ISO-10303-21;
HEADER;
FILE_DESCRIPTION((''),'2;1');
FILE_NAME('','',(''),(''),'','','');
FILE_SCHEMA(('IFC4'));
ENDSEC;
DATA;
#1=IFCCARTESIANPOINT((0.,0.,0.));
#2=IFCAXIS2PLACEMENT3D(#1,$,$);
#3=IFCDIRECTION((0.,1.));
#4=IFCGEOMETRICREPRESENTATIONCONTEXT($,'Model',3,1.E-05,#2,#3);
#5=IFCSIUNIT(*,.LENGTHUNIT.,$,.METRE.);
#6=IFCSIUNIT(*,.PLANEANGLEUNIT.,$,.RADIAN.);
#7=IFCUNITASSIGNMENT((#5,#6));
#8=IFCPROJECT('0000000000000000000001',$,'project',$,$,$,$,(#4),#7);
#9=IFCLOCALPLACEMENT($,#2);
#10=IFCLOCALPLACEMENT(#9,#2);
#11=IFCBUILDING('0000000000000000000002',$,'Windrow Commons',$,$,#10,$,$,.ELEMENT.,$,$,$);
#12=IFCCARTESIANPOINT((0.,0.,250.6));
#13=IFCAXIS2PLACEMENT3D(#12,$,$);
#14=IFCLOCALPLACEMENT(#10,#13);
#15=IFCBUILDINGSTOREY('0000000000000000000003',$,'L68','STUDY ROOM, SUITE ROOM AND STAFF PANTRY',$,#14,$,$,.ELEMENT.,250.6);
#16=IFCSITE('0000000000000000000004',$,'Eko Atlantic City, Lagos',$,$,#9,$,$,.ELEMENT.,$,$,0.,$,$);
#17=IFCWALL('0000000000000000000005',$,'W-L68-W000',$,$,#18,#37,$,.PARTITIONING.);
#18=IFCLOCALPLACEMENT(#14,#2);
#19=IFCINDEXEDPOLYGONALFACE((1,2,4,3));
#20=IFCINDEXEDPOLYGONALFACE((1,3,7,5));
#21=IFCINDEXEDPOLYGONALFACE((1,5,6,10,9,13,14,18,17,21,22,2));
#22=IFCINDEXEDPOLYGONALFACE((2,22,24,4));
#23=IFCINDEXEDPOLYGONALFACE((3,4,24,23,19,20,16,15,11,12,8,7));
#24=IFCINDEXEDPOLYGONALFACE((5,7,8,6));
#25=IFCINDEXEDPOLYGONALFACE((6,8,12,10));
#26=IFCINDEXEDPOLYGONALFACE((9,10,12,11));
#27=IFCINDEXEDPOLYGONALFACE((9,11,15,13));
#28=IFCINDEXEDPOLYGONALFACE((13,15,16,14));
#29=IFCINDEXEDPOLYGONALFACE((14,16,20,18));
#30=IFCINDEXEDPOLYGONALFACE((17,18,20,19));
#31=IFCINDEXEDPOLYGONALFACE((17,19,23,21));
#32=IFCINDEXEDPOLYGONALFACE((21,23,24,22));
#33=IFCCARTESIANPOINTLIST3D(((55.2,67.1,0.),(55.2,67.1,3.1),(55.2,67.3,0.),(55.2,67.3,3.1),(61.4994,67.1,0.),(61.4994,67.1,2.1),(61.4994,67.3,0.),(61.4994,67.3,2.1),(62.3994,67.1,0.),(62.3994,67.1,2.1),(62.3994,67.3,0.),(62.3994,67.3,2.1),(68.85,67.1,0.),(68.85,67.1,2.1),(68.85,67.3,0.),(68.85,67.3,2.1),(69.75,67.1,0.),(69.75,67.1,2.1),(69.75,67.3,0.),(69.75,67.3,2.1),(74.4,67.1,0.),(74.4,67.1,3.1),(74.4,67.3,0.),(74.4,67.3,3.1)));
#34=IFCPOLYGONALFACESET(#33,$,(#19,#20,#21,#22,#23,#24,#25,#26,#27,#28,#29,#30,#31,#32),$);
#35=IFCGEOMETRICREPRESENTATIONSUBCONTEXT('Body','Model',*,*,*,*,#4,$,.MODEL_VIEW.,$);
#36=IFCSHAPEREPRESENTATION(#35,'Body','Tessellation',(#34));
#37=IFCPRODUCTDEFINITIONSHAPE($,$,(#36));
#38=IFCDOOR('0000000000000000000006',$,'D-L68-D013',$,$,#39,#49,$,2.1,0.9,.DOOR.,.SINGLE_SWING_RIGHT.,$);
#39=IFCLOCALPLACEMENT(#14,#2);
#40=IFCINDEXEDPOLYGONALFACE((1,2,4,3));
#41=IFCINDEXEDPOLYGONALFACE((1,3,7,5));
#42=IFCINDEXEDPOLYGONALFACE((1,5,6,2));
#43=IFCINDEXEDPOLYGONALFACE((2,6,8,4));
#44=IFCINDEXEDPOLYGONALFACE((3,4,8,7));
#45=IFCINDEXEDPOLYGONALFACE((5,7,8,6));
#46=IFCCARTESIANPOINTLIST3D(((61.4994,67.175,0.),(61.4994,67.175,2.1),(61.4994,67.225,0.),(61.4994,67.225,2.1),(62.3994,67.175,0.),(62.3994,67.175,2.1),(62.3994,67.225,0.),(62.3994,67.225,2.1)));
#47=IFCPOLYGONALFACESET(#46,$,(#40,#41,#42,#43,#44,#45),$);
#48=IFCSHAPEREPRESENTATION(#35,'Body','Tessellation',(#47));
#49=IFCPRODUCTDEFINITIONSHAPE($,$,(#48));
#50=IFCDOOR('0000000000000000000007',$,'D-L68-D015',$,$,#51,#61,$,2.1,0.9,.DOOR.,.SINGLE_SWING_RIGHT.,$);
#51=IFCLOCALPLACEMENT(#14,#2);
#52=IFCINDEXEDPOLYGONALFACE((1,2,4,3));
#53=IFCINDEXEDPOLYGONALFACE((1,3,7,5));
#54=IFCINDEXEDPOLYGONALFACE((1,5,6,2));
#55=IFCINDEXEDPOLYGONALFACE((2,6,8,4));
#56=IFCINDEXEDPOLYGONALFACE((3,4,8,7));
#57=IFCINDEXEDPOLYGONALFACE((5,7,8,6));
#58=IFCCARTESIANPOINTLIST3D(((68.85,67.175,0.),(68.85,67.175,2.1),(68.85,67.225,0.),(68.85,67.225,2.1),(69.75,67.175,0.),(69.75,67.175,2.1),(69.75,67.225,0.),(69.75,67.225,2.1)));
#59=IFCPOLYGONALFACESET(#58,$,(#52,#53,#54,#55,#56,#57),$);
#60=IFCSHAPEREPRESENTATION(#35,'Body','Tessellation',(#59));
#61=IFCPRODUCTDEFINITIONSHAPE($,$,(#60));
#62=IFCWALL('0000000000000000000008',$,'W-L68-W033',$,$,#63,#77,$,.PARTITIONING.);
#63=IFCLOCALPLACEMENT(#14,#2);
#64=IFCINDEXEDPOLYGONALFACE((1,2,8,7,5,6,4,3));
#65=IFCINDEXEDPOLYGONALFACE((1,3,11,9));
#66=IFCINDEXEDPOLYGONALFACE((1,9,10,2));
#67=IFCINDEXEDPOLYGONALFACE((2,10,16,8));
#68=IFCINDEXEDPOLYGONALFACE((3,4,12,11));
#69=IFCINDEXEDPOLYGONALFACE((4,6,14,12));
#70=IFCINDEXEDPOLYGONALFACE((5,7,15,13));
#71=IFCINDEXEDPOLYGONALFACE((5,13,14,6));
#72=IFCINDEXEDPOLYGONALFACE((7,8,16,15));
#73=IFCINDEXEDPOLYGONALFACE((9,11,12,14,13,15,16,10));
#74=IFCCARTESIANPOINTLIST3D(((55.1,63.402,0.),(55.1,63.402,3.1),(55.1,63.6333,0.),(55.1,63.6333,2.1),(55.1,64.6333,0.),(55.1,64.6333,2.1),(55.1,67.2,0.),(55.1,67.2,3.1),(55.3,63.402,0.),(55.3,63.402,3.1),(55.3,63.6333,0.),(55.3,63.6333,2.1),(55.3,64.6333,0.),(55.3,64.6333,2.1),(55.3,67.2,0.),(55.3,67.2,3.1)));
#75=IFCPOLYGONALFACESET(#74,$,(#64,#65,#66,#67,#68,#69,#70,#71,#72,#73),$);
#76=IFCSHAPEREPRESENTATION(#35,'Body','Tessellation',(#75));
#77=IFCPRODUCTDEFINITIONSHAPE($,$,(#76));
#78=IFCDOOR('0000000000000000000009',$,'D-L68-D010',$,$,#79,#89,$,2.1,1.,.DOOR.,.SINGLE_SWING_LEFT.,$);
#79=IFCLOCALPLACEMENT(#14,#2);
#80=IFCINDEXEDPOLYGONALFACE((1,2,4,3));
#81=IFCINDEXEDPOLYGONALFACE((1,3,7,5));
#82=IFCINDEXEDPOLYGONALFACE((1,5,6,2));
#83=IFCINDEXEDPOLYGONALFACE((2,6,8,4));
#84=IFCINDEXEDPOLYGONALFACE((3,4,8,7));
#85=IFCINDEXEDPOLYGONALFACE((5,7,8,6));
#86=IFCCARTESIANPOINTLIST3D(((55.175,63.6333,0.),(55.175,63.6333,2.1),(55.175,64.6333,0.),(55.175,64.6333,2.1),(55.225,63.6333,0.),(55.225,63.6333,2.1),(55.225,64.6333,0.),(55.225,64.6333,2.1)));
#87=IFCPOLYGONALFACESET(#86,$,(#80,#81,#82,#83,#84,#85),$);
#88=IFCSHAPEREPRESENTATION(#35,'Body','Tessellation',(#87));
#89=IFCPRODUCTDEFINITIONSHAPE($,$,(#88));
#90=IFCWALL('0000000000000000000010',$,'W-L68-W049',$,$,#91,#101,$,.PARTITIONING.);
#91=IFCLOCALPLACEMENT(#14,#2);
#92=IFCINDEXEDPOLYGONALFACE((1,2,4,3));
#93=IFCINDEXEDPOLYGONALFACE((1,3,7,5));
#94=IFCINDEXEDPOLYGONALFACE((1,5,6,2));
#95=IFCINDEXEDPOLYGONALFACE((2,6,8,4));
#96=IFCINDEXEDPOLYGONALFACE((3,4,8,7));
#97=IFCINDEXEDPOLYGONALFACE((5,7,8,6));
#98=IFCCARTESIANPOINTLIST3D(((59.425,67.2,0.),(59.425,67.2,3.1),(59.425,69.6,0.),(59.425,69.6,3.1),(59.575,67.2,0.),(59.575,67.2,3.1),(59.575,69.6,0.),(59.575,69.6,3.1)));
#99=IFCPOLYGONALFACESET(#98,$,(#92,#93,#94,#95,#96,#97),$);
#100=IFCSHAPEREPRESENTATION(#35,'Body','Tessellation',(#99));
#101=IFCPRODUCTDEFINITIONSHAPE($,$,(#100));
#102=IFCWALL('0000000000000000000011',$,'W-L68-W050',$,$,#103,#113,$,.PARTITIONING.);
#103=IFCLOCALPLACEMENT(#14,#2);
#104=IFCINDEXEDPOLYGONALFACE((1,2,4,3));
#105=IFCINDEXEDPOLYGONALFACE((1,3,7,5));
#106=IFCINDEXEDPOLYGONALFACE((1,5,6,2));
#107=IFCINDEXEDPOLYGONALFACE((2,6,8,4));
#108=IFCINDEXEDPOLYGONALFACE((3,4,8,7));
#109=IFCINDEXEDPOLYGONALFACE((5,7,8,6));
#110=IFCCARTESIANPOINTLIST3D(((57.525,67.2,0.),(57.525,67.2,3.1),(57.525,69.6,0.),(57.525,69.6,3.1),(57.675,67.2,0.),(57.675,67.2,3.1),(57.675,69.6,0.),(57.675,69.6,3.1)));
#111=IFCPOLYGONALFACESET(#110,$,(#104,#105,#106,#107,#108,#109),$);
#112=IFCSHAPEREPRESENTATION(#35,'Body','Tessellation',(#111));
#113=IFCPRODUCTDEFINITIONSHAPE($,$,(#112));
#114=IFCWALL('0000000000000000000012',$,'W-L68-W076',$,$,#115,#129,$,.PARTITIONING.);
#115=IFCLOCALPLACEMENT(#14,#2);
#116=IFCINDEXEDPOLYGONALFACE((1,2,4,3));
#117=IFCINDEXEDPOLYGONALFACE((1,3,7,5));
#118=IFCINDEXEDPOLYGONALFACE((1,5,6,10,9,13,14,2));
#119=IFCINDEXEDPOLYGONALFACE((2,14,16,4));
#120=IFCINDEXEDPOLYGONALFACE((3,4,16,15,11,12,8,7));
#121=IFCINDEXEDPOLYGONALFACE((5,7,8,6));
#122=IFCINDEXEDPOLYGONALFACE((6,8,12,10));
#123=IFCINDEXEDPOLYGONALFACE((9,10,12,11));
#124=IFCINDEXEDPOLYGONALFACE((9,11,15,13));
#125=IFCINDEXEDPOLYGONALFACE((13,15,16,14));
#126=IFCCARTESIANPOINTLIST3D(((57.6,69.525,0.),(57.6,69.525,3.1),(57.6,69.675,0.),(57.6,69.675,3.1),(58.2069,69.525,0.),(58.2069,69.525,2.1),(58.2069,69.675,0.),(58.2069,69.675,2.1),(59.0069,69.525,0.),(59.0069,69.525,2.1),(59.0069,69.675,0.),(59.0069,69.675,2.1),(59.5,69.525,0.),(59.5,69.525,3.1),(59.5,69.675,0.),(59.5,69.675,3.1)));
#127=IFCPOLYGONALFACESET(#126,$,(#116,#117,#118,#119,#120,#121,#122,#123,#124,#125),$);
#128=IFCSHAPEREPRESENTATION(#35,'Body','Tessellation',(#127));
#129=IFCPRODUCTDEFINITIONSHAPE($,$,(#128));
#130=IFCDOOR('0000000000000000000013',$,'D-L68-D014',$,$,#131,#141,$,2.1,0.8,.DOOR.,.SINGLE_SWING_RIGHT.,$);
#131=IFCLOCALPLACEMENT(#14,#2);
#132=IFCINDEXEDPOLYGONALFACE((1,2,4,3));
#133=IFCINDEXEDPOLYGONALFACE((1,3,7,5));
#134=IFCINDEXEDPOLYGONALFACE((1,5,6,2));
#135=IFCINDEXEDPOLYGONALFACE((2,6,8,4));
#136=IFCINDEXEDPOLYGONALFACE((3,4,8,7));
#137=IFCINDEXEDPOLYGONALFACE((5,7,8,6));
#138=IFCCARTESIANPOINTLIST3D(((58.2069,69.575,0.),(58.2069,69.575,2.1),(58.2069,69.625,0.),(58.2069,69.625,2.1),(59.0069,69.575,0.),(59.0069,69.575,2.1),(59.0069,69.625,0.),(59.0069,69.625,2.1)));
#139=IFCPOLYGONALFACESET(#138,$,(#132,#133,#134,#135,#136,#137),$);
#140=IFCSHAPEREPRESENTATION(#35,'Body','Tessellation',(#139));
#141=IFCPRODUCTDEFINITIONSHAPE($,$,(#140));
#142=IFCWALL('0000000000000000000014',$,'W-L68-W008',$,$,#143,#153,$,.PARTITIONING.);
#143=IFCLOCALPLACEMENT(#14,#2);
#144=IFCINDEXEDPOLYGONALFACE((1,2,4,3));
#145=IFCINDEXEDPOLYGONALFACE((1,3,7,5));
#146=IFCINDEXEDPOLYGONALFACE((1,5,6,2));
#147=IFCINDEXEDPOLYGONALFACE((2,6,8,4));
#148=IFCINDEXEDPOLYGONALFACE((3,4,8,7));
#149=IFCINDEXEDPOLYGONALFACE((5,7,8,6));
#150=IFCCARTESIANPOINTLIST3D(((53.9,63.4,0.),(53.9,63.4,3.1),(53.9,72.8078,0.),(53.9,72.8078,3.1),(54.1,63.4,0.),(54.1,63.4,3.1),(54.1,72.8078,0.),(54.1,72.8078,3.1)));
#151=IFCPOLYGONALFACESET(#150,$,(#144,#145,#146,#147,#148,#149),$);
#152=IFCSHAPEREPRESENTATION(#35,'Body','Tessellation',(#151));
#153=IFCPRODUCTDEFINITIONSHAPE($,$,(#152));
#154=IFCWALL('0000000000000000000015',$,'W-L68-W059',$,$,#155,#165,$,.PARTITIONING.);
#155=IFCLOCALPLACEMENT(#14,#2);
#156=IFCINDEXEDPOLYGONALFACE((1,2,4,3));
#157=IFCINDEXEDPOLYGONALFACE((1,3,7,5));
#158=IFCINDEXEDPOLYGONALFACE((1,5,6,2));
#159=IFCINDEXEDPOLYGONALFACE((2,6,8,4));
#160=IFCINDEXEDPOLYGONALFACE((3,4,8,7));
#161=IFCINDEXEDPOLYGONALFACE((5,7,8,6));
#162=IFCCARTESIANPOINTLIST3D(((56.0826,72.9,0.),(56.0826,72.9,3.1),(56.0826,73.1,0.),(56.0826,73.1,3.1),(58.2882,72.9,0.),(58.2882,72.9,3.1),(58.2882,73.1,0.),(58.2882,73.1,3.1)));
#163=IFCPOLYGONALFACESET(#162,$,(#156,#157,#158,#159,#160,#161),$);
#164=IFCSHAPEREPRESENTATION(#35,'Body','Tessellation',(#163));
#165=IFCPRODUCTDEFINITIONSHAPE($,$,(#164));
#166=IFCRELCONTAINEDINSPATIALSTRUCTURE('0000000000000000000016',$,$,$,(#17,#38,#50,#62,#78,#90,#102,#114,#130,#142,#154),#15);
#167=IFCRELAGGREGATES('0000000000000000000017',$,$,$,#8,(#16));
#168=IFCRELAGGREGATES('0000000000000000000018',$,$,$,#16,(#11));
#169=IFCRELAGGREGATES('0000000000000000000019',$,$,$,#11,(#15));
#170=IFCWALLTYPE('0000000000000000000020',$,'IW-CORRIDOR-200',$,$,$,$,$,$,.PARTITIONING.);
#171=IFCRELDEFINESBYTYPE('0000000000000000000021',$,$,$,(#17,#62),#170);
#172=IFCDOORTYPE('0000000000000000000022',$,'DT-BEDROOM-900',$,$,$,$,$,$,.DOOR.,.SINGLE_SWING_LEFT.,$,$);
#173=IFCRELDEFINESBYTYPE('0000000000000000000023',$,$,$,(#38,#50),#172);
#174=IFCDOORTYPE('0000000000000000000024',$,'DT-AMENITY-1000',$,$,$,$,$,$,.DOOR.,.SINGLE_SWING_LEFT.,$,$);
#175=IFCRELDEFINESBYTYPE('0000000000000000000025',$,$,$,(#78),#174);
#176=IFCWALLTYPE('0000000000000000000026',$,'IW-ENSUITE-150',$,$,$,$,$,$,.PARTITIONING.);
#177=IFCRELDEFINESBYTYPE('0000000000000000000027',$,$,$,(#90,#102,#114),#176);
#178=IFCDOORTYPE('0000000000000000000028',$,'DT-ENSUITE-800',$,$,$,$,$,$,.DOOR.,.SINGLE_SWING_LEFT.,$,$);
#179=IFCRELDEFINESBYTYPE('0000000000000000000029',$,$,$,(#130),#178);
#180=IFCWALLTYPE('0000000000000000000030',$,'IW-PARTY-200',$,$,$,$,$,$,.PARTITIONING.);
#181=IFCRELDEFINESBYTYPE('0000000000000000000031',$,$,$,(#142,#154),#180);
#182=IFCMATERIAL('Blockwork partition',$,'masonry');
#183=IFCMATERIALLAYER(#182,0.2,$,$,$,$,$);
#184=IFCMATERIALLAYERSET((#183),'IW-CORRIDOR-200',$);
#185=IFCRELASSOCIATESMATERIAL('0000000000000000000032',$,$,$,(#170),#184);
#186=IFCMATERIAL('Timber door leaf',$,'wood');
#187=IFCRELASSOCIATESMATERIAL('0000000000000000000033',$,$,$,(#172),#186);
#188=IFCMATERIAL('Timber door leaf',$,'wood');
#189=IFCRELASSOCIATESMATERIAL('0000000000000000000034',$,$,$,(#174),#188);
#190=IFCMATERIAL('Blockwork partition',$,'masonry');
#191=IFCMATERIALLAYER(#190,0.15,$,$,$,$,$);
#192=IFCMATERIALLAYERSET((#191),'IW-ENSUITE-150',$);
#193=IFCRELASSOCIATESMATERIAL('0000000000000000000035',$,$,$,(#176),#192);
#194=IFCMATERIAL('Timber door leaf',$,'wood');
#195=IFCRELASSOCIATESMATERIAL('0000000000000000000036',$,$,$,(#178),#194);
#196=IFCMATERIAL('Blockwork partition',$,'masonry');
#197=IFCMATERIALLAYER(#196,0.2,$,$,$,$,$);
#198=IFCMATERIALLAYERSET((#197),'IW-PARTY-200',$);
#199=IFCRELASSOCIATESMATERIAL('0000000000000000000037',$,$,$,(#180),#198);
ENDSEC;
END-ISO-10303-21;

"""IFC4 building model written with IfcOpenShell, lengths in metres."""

from ifc_helpers import new_model, si_unit, direction, frame, frame_2d, origin, place, context, subcontext, project, spatial, rectangle, extrude, material, layer, layer_set, type_object, element, fill, save


model = new_model("IFC4")

# Units and contexts
model_context = context("Model", 3, precision=1e-05, world=origin(), true_north=direction((0.0, 1.0)))
body_context = subcontext(model_context, "Body", "Model", "MODEL_VIEW")
ifc_project = project(units=[si_unit("LENGTHUNIT", "METRE"), si_unit("PLANEANGLEUNIT", "RADIAN")], contexts=[model_context])

# Site, building, storey
site_placement = place(None, origin())
site = spatial("IfcSite", under=ifc_project, at=site_placement, Name="Eko Atlantic City, Lagos", CompositionType="ELEMENT", RefElevation=0.0)
building_placement = place(site_placement, origin())
building = spatial("IfcBuilding", under=site, at=building_placement, Name="Windrow Commons", CompositionType="ELEMENT")
storey_placement = place(building_placement, frame((0.0, 0.0, 250.6)))
storey = spatial("IfcBuildingStorey", under=building, at=storey_placement, Name="L68", Description="STUDY ROOM, SUITE ROOM AND STAFF PANTRY", CompositionType="ELEMENT", Elevation=250.6)

# Wall, openings, doors
ifc_material_1 = material(Name="Blockwork partition", Category="masonry")
ifc_layer_1 = layer(ifc_material_1, 0.2)
ifc_layer_set_1 = layer_set([ifc_layer_1], Name="IW-CORRIDOR-200")
wall_type_1 = type_object("IfcWallType", Name="IW-CORRIDOR-200", PredefinedType="PARTITIONING", material=ifc_layer_set_1)
wall_1_placement = place(storey_placement, frame((55.2, 67.2, 0.0), z_axis=(0.0, 0.0, 1.0), x_axis=(1.0, 0.0, 0.0)))
wall_1 = element("IfcWall", 1, at=wall_1_placement, inside=storey, type_object=wall_type_1, Name="W-L68-W000", PredefinedType="PARTITIONING", context=body_context, shape_type="SweptSolid", body=[
    extrude(rectangle(XDim=19.2, YDim=0.2, at=frame_2d((9.6, 0.0))), origin(), (0.0, 0.0, 1.0), 3.1),
])
opening_1_placement = place(wall_1_placement, frame((6.2994, 0.0, 0.0)))
opening_1 = element("IfcOpeningElement", 2, at=opening_1_placement, cuts=wall_1, PredefinedType="OPENING", context=body_context, shape_type="SweptSolid", body=[
    extrude(rectangle(XDim=0.9, YDim=2.1, at=frame_2d((0.45, 1.05))), frame((0.0, 0.11, 0.0), z_axis=(0.0, -1.0, 0.0), x_axis=(1.0, 0.0, 0.0)), (0.0, 0.0, 1.0), 0.22),
])
opening_2_placement = place(wall_1_placement, frame((13.65, 0.0, 0.0)))
opening_2 = element("IfcOpeningElement", 3, at=opening_2_placement, cuts=wall_1, PredefinedType="OPENING", context=body_context, shape_type="SweptSolid", body=[
    extrude(rectangle(XDim=0.9, YDim=2.1, at=frame_2d((0.45, 1.05))), frame((0.0, 0.11, 0.0), z_axis=(0.0, -1.0, 0.0), x_axis=(1.0, 0.0, 0.0)), (0.0, 0.0, 1.0), 0.22),
])
ifc_material_2 = material(Name="Timber door leaf", Category="wood")
door_type_1 = type_object("IfcDoorType", Name="DT-BEDROOM-900", OperationType="SINGLE_SWING_LEFT", PredefinedType="DOOR", material=ifc_material_2)
door_1_placement = place(opening_1_placement, origin())
door_1 = element("IfcDoor", 4, at=door_1_placement, inside=storey, type_object=door_type_1, Name="D-L68-D013", OperationType="SINGLE_SWING_RIGHT", OverallHeight=2.1, OverallWidth=0.9, PredefinedType="DOOR", context=body_context, shape_type="SweptSolid", body=[
    extrude(rectangle(XDim=0.9, YDim=2.1, at=frame_2d((0.45, 1.05))), frame((0.0, 0.025, 0.0), z_axis=(0.0, -1.0, 0.0), x_axis=(1.0, 0.0, 0.0)), (0.0, 0.0, 1.0), 0.05),
])
fill(opening_1, door_1)
door_2_placement = place(opening_2_placement, origin())
door_2 = element("IfcDoor", 5, at=door_2_placement, inside=storey, type_object=door_type_1, Name="D-L68-D015", OperationType="SINGLE_SWING_RIGHT", OverallHeight=2.1, OverallWidth=0.9, PredefinedType="DOOR", context=body_context, shape_type="SweptSolid", body=[
    extrude(rectangle(XDim=0.9, YDim=2.1, at=frame_2d((0.45, 1.05))), frame((0.0, 0.025, 0.0), z_axis=(0.0, -1.0, 0.0), x_axis=(1.0, 0.0, 0.0)), (0.0, 0.0, 1.0), 0.05),
])
fill(opening_2, door_2)

# Wall, opening, door
wall_2_placement = place(storey_placement, frame((55.2, 63.402, 0.0), z_axis=(0.0, 0.0, 1.0), x_axis=(0.0, 1.0, 0.0)))
wall_2 = element("IfcWall", 6, at=wall_2_placement, inside=storey, type_object=wall_type_1, Name="W-L68-W033", PredefinedType="PARTITIONING", context=body_context, shape_type="SweptSolid", body=[
    extrude(rectangle(XDim=3.798, YDim=0.2, at=frame_2d((1.899, 0.0))), origin(), (0.0, 0.0, 1.0), 3.1),
])
opening_3_placement = place(wall_2_placement, frame((0.2313, 0.0, 0.0)))
opening_3 = element("IfcOpeningElement", 7, at=opening_3_placement, cuts=wall_2, PredefinedType="OPENING", context=body_context, shape_type="SweptSolid", body=[
    extrude(rectangle(XDim=1.0, YDim=2.1, at=frame_2d((0.5, 1.05))), frame((0.0, 0.11, 0.0), z_axis=(0.0, -1.0, 0.0), x_axis=(1.0, 0.0, 0.0)), (0.0, 0.0, 1.0), 0.22),
])
ifc_material_3 = material(Name="Timber door leaf", Category="wood")
door_type_2 = type_object("IfcDoorType", Name="DT-AMENITY-1000", OperationType="SINGLE_SWING_LEFT", PredefinedType="DOOR", material=ifc_material_3)
door_3_placement = place(opening_3_placement, origin())
door_3 = element("IfcDoor", 8, at=door_3_placement, inside=storey, type_object=door_type_2, Name="D-L68-D010", OperationType="SINGLE_SWING_LEFT", OverallHeight=2.1, OverallWidth=1.0, PredefinedType="DOOR", context=body_context, shape_type="SweptSolid", body=[
    extrude(rectangle(XDim=1.0, YDim=2.1, at=frame_2d((0.5, 1.05))), frame((0.0, 0.025, 0.0), z_axis=(0.0, -1.0, 0.0), x_axis=(1.0, 0.0, 0.0)), (0.0, 0.0, 1.0), 0.05),
])
fill(opening_3, door_3)

# Walls
ifc_material_4 = material(Name="Blockwork partition", Category="masonry")
ifc_layer_2 = layer(ifc_material_4, 0.15)
ifc_layer_set_2 = layer_set([ifc_layer_2], Name="IW-ENSUITE-150")
wall_type_2 = type_object("IfcWallType", Name="IW-ENSUITE-150", PredefinedType="PARTITIONING", material=ifc_layer_set_2)
for number, where, z_axis, x_axis, name in (
    (9, (59.5, 67.2, 0.0), (0.0, 0.0, 1.0), (0.0, 1.0, 0.0), "W-L68-W049"),
    (10, (57.6, 67.2, 0.0), (0.0, 0.0, 1.0), (0.0, 1.0, 0.0), "W-L68-W050"),
):
    element("IfcWall", number, at=place(storey_placement, frame(where, z_axis=z_axis, x_axis=x_axis)), inside=storey, type_object=wall_type_2, Name=name, PredefinedType="PARTITIONING", context=body_context, shape_type="SweptSolid", body=[
        extrude(rectangle(XDim=2.4, YDim=0.15, at=frame_2d((1.2, 0.0))), origin(), (0.0, 0.0, 1.0), 3.1),
    ])

# Wall, opening, door
wall_3_placement = place(storey_placement, frame((57.6, 69.6, 0.0), z_axis=(0.0, 0.0, 1.0), x_axis=(1.0, 0.0, 0.0)))
wall_3 = element("IfcWall", 11, at=wall_3_placement, inside=storey, type_object=wall_type_2, Name="W-L68-W076", PredefinedType="PARTITIONING", context=body_context, shape_type="SweptSolid", body=[
    extrude(rectangle(XDim=1.9, YDim=0.15, at=frame_2d((0.95, 0.0))), origin(), (0.0, 0.0, 1.0), 3.1),
])
opening_4_placement = place(wall_3_placement, frame((0.6069, 0.0, 0.0)))
opening_4 = element("IfcOpeningElement", 12, at=opening_4_placement, cuts=wall_3, PredefinedType="OPENING", context=body_context, shape_type="SweptSolid", body=[
    extrude(rectangle(XDim=0.8, YDim=2.1, at=frame_2d((0.4, 1.05))), frame((0.0, 0.085, 0.0), z_axis=(0.0, -1.0, 0.0), x_axis=(1.0, 0.0, 0.0)), (0.0, 0.0, 1.0), 0.17),
])
ifc_material_5 = material(Name="Timber door leaf", Category="wood")
door_type_3 = type_object("IfcDoorType", Name="DT-ENSUITE-800", OperationType="SINGLE_SWING_LEFT", PredefinedType="DOOR", material=ifc_material_5)
door_4_placement = place(opening_4_placement, origin())
door_4 = element("IfcDoor", 13, at=door_4_placement, inside=storey, type_object=door_type_3, Name="D-L68-D014", OperationType="SINGLE_SWING_RIGHT", OverallHeight=2.1, OverallWidth=0.8, PredefinedType="DOOR", context=body_context, shape_type="SweptSolid", body=[
    extrude(rectangle(XDim=0.8, YDim=2.1, at=frame_2d((0.4, 1.05))), frame((0.0, 0.025, 0.0), z_axis=(0.0, -1.0, 0.0), x_axis=(1.0, 0.0, 0.0)), (0.0, 0.0, 1.0), 0.05),
])
fill(opening_4, door_4)

# Walls
ifc_material_6 = material(Name="Blockwork partition", Category="masonry")
ifc_layer_3 = layer(ifc_material_6, 0.2)
ifc_layer_set_3 = layer_set([ifc_layer_3], Name="IW-PARTY-200")
wall_type_3 = type_object("IfcWallType", Name="IW-PARTY-200", PredefinedType="PARTITIONING", material=ifc_layer_set_3)
wall_4_placement = place(storey_placement, frame((54.0, 63.4, 0.0), z_axis=(0.0, 0.0, 1.0), x_axis=(0.0, 1.0, 0.0)))
element("IfcWall", 14, at=wall_4_placement, inside=storey, type_object=wall_type_3, Name="W-L68-W008", PredefinedType="PARTITIONING", context=body_context, shape_type="SweptSolid", body=[
    extrude(rectangle(XDim=9.4078, YDim=0.2, at=frame_2d((4.7039, 0.0))), origin(), (0.0, 0.0, 1.0), 3.1),
])
wall_5_placement = place(storey_placement, frame((56.0826, 73.0, 0.0), z_axis=(0.0, 0.0, 1.0), x_axis=(1.0, 0.0, 0.0)))
element("IfcWall", 15, at=wall_5_placement, inside=storey, type_object=wall_type_3, Name="W-L68-W059", PredefinedType="PARTITIONING", context=body_context, shape_type="SweptSolid", body=[
    extrude(rectangle(XDim=2.2056, YDim=0.2, at=frame_2d((1.1028, 0.0))), origin(), (0.0, 0.0, 1.0), 3.1),
])

save(model, "model.ifc")
